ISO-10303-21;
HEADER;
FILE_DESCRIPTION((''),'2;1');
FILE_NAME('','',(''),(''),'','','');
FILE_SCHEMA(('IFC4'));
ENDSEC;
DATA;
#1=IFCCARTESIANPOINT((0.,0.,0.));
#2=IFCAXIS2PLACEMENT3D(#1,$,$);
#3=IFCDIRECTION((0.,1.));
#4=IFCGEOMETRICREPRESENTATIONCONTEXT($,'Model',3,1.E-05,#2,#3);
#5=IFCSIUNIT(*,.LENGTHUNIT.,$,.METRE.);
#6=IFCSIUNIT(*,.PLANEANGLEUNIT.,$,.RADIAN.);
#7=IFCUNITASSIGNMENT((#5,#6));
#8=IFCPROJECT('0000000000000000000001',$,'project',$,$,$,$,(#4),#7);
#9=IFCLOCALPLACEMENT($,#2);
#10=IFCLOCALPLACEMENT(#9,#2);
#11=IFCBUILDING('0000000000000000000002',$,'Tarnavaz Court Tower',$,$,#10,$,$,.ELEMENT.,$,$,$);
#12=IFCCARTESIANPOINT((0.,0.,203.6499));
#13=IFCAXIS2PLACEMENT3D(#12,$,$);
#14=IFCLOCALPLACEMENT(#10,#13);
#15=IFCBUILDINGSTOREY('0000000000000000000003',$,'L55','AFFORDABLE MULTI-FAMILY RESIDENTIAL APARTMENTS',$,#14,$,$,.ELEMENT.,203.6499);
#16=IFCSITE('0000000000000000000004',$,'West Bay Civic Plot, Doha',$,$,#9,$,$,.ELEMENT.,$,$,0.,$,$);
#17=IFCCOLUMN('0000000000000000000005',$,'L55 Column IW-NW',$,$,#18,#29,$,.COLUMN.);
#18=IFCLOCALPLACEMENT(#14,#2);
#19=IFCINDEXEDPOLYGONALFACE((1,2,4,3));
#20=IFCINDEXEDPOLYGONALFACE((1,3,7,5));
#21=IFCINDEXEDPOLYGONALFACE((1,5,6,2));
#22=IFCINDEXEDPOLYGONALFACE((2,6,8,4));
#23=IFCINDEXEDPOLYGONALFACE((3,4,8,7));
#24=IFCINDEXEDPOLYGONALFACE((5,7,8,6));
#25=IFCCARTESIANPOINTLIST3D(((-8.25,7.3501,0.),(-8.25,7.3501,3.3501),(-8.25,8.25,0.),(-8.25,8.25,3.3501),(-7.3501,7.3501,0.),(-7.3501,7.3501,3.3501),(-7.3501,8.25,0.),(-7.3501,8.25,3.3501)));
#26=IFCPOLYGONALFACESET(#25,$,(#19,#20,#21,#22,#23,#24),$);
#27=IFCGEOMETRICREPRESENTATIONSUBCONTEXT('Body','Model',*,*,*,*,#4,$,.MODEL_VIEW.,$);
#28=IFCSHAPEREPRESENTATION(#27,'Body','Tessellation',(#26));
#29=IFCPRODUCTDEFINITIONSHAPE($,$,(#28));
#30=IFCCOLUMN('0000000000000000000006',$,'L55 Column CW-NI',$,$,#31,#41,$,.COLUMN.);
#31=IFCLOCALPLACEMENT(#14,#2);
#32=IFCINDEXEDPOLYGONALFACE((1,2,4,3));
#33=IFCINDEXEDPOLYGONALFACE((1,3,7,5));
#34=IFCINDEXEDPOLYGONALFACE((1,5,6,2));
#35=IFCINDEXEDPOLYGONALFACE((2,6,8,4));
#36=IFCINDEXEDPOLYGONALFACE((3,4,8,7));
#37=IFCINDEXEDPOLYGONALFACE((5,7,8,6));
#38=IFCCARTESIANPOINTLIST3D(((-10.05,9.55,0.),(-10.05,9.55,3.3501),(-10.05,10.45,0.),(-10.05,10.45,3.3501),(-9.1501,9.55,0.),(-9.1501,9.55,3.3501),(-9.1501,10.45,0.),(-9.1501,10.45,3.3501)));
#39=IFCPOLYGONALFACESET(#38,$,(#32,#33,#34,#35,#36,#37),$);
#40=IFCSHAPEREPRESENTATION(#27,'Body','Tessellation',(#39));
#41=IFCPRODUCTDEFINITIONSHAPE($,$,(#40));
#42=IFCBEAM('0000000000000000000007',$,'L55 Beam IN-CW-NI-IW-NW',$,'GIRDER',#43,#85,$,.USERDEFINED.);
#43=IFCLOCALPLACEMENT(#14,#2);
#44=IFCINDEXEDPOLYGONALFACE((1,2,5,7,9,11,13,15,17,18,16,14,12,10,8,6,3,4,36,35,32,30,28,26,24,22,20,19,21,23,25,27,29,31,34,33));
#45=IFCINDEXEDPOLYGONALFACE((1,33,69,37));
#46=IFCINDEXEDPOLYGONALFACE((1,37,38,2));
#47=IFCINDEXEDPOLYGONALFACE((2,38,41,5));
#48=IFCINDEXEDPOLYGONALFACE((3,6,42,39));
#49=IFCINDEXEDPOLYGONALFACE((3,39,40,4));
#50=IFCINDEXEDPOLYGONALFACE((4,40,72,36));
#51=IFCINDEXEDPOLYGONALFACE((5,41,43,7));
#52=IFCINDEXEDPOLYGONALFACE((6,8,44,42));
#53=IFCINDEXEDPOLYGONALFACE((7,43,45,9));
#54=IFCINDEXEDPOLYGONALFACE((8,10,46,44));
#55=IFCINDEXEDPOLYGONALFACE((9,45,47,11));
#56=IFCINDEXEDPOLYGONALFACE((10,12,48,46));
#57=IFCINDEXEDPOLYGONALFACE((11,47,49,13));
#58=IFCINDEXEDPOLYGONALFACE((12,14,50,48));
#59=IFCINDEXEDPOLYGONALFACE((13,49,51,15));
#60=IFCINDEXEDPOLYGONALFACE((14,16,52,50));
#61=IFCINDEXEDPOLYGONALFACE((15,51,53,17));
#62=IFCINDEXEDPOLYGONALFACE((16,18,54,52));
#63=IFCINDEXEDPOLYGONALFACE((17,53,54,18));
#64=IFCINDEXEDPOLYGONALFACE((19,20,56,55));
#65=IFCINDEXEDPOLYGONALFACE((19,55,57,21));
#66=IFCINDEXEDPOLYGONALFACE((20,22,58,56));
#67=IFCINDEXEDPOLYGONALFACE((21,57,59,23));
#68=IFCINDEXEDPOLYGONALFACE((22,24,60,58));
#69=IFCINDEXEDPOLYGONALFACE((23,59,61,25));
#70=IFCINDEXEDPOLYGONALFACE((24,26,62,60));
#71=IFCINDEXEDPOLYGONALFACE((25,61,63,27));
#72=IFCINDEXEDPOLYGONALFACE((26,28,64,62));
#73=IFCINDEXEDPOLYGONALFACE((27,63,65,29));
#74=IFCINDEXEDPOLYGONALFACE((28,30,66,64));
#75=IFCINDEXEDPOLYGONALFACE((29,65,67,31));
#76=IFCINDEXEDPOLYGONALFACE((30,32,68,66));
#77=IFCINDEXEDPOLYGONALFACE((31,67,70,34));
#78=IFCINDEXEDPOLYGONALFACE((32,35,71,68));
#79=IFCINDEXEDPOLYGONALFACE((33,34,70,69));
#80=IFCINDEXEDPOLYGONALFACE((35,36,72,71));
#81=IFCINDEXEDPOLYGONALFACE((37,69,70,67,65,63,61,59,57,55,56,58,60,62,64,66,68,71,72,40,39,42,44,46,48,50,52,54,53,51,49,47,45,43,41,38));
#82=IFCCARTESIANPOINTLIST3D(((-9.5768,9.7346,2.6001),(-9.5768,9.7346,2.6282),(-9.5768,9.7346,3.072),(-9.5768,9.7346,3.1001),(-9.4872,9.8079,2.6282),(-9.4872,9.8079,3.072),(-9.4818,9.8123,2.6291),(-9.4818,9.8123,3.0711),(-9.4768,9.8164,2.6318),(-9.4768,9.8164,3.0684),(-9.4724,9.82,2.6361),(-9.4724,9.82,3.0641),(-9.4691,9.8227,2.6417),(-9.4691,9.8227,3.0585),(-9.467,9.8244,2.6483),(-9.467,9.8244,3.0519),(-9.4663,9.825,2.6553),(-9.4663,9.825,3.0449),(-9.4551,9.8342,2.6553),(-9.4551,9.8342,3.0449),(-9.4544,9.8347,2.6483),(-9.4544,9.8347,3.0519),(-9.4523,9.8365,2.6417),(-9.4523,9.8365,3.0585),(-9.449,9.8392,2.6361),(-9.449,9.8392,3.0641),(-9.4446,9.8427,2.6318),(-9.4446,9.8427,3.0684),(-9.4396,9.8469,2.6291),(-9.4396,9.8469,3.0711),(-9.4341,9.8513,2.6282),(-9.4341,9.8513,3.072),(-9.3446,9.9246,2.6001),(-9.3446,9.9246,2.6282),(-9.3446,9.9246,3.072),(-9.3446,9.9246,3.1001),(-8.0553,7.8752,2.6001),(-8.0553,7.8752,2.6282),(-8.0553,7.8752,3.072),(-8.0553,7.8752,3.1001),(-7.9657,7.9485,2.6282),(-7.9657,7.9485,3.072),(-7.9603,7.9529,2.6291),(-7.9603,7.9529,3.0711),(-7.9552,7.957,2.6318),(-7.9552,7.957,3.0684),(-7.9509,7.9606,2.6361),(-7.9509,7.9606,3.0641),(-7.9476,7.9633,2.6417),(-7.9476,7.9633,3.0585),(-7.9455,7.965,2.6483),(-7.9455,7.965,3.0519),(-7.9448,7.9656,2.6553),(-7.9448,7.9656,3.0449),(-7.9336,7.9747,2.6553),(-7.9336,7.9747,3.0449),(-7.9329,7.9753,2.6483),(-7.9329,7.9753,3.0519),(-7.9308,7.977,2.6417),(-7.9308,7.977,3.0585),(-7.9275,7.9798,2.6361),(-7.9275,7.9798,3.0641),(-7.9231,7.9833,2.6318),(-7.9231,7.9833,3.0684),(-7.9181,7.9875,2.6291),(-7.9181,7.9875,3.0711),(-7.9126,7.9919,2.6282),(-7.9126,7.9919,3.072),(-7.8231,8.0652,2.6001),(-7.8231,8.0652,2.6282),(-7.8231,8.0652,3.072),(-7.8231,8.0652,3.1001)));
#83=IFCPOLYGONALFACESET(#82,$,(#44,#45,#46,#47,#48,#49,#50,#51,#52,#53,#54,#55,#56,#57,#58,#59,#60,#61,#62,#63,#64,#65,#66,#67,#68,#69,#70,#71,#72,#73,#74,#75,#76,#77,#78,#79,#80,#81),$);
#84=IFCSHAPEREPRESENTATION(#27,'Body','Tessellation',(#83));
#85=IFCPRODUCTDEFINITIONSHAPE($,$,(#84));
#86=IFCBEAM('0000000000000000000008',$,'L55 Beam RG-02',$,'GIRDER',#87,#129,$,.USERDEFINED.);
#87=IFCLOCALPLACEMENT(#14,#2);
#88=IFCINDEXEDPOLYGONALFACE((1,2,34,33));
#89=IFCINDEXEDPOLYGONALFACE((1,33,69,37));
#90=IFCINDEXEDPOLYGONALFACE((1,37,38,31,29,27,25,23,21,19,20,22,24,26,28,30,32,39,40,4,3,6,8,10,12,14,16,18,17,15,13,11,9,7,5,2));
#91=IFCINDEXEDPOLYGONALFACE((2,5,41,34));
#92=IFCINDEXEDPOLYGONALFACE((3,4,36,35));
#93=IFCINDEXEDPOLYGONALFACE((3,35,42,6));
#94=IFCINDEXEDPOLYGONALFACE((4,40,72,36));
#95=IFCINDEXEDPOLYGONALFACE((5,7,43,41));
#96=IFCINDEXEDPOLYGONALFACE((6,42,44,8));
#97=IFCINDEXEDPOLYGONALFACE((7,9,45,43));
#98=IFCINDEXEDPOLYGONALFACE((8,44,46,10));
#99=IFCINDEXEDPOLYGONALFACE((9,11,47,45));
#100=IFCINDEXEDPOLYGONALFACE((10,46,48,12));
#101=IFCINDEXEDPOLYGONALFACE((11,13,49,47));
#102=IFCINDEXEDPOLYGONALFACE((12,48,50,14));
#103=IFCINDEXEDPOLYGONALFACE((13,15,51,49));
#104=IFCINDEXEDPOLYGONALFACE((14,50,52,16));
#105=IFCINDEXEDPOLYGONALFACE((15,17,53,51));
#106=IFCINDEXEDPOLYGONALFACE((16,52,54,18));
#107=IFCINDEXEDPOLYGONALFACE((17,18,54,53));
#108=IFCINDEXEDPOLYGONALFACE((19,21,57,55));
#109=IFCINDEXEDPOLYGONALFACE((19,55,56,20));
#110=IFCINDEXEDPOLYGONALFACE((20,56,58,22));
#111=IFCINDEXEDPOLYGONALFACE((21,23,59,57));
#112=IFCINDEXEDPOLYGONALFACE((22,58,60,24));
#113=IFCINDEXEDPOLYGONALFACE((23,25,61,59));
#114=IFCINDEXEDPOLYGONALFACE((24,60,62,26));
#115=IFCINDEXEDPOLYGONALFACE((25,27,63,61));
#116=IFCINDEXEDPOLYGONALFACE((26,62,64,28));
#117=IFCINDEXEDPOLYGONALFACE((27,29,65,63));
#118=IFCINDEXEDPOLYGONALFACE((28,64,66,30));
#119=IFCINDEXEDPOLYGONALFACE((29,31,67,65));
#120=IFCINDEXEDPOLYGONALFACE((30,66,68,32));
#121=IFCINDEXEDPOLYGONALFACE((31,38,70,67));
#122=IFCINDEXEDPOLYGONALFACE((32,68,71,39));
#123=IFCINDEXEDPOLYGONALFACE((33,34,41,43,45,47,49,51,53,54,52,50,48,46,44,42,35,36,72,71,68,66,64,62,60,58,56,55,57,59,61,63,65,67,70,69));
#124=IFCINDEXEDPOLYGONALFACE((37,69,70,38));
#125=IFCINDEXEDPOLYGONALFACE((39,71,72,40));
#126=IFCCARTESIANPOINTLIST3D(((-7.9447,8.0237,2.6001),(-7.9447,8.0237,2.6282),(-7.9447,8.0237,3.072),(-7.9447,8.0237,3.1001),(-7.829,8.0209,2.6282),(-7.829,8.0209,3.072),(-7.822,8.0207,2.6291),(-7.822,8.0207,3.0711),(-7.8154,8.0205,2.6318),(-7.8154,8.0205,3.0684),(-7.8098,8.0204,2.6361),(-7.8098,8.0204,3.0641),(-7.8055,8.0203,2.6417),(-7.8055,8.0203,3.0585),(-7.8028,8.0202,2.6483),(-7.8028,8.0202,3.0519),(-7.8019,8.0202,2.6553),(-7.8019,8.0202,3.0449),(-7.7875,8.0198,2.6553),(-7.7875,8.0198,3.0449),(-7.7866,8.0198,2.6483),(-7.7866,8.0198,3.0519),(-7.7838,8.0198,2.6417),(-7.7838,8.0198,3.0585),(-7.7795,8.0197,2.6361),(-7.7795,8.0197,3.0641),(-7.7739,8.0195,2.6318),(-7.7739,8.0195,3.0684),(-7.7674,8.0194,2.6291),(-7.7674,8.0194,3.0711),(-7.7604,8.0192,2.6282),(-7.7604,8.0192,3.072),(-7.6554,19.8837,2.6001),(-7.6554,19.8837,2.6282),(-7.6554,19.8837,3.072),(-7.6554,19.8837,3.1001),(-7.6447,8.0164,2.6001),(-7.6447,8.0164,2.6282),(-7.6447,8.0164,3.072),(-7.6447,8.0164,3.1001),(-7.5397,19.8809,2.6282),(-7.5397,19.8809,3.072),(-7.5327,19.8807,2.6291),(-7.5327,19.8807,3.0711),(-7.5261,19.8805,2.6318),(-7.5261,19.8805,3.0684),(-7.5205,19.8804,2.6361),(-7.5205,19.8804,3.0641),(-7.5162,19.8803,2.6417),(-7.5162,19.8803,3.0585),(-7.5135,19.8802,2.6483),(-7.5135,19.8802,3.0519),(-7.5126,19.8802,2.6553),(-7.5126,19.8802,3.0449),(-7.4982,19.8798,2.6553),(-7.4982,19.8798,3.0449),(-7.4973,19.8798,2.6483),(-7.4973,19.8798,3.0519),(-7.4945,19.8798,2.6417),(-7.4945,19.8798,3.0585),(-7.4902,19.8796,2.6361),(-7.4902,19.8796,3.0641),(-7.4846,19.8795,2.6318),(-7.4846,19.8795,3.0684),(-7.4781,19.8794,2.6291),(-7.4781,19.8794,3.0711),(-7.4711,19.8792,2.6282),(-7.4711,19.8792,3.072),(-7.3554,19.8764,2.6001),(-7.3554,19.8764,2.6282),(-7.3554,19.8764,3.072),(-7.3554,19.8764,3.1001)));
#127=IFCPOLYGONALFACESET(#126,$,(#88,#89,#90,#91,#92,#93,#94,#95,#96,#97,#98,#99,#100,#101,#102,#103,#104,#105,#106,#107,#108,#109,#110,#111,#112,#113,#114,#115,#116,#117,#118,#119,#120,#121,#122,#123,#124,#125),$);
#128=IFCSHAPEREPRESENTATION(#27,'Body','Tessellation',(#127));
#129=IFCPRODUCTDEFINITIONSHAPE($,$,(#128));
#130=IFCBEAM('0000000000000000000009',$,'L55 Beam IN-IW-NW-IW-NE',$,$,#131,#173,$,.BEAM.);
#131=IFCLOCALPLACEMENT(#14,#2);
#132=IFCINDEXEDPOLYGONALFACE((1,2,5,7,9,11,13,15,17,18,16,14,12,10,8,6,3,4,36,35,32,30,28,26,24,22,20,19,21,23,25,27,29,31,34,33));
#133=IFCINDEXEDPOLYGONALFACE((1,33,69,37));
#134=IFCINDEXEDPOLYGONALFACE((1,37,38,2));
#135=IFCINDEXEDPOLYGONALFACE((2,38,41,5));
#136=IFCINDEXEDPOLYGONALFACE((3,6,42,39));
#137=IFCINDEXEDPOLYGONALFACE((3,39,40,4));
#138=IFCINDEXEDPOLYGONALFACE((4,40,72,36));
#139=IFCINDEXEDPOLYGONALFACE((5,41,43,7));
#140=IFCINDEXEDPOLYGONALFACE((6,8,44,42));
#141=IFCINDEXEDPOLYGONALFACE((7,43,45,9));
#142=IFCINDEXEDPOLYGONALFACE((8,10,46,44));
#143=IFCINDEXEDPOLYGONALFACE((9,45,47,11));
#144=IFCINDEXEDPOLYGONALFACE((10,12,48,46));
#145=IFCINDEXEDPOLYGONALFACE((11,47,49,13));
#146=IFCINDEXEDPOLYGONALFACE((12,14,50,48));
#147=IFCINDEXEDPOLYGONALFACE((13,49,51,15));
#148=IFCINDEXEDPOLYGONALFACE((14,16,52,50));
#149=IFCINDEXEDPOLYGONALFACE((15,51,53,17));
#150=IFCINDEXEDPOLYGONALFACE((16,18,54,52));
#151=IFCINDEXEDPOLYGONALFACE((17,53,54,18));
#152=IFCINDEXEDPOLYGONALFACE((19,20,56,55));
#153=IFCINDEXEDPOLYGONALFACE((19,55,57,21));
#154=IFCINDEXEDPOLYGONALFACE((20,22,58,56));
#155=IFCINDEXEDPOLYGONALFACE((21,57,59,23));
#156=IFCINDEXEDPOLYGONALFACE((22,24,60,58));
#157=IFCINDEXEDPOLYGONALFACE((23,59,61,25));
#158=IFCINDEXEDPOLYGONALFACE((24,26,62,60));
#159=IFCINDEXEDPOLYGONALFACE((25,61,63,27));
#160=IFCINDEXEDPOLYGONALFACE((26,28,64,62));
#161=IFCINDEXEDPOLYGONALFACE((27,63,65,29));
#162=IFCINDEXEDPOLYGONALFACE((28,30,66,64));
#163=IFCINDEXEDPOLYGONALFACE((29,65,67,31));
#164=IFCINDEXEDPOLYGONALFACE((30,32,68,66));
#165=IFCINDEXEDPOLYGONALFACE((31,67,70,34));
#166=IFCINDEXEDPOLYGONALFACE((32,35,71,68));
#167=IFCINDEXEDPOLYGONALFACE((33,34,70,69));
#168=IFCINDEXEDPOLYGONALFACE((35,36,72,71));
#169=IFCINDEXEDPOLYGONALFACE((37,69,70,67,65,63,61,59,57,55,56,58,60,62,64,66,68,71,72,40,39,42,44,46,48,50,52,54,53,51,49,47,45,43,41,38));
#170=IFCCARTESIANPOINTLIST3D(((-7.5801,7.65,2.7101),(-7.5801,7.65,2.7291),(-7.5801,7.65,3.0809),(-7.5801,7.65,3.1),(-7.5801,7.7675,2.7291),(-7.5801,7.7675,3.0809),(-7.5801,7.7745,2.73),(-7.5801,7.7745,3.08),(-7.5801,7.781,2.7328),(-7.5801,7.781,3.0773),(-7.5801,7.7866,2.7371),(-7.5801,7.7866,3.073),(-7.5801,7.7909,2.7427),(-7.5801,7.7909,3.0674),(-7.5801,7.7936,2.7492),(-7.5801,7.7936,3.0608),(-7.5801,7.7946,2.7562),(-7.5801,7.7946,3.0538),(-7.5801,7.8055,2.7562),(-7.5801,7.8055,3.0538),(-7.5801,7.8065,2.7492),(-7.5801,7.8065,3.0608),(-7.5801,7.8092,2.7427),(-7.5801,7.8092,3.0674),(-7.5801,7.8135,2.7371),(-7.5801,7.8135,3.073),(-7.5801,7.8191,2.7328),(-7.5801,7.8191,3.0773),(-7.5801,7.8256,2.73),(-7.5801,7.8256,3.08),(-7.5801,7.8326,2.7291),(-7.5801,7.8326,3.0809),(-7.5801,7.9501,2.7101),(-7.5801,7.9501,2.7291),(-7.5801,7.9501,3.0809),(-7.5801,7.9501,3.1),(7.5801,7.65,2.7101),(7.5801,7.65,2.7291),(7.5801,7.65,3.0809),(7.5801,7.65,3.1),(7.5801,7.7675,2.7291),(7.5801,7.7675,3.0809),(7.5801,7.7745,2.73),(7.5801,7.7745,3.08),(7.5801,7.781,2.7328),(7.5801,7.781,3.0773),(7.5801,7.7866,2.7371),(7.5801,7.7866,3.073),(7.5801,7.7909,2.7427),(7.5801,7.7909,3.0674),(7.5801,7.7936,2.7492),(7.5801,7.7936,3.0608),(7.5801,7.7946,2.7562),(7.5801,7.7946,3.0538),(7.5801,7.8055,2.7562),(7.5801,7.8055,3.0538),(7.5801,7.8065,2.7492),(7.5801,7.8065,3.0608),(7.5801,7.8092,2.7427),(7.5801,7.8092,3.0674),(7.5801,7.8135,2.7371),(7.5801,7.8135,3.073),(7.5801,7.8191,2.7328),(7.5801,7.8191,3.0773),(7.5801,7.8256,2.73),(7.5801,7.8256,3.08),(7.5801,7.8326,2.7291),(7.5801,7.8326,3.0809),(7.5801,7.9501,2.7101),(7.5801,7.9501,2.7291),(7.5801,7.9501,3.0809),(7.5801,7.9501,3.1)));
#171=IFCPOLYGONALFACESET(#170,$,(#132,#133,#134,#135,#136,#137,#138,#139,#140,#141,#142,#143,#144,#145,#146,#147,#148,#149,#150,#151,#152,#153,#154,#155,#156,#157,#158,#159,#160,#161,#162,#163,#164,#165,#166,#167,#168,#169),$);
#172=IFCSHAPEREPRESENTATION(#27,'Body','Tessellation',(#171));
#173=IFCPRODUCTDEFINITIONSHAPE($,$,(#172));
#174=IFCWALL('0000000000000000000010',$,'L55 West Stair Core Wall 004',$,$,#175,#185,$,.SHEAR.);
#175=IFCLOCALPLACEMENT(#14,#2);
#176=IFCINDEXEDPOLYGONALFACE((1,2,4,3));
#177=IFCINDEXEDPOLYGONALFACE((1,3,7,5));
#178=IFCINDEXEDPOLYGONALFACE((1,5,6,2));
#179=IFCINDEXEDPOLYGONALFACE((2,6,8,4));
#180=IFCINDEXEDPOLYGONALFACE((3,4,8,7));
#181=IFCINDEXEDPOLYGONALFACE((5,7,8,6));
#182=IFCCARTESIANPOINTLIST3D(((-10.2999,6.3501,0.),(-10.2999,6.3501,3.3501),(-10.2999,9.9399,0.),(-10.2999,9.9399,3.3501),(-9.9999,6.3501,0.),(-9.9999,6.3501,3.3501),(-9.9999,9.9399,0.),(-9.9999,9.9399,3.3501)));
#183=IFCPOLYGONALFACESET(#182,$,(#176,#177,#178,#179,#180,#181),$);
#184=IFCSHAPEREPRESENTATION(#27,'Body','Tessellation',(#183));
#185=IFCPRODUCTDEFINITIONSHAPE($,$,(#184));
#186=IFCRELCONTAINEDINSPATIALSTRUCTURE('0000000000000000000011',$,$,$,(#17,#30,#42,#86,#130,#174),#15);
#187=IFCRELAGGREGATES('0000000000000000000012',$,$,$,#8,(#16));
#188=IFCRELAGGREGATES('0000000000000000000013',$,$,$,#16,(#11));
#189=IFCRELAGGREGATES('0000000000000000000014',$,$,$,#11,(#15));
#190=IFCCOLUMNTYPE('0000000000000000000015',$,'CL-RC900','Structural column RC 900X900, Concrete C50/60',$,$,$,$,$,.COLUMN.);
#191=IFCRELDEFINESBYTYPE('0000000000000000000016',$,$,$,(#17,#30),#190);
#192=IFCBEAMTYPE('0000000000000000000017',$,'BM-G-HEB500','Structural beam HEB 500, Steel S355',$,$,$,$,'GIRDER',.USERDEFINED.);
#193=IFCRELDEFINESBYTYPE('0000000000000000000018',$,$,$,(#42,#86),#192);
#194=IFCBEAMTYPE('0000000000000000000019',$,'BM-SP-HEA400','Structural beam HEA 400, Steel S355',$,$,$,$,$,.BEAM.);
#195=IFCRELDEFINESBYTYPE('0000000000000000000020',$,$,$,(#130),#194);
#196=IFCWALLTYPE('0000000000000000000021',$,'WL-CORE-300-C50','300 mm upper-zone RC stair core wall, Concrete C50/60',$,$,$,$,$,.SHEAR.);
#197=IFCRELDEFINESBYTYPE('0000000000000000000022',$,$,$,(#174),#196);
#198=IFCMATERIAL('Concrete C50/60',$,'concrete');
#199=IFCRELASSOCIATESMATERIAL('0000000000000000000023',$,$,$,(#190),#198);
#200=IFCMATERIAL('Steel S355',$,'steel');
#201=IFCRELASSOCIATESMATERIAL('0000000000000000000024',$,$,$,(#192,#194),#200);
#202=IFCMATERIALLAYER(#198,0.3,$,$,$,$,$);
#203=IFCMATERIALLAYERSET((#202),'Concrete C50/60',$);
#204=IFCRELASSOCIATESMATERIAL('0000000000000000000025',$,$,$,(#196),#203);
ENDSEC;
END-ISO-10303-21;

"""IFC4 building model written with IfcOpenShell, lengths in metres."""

from ifc_helpers import new_model, si_unit, direction, frame, frame_2d, origin, origin_2d, place, context, subcontext, project, spatial, rectangle, i_section, extrude, material, layer, layer_set, material_profile, profile_set, type_object, element, save


model = new_model("IFC4")

# Units and contexts
model_context = context("Model", 3, precision=1e-05, world=origin(), true_north=direction((0.0, 1.0)))
body_context = subcontext(model_context, "Body", "Model", "MODEL_VIEW")
ifc_project = project(units=[si_unit("LENGTHUNIT", "METRE"), si_unit("PLANEANGLEUNIT", "RADIAN")], contexts=[model_context])

# Site, building, storey
site_placement = place(None, origin())
site = spatial("IfcSite", under=ifc_project, at=site_placement, Name="West Bay Civic Plot, Doha", CompositionType="ELEMENT", RefElevation=0.0)
building_placement = place(site_placement, origin())
building = spatial("IfcBuilding", under=site, at=building_placement, Name="Tarnavaz Court Tower", CompositionType="ELEMENT")
storey_placement = place(building_placement, frame((0.0, 0.0, 203.6499)))
storey = spatial("IfcBuildingStorey", under=building, at=storey_placement, Name="L55", Description="AFFORDABLE MULTI-FAMILY RESIDENTIAL APARTMENTS", CompositionType="ELEMENT", Elevation=203.6499)

# Columns
ifc_material_1 = material(Name="Concrete C50/60", Category="concrete")
ifc_material_profile_1 = material_profile(ifc_material_1, rectangle(XDim=0.8999, YDim=0.8999, at=origin_2d()), Name="RC 900X900")
ifc_profile_set_1 = profile_set([ifc_material_profile_1], Name="Concrete C50/60")
column_type = type_object("IfcColumnType", Name="CL-RC900", Description="Structural column RC 900X900, Concrete C50/60", PredefinedType="COLUMN", material=ifc_profile_set_1)
for number, where, z_axis, x_axis, name in (
    (1, (-7.8, 7.8, 0.0), (0.0, 0.0, 1.0), (1.0, 0.0, 0.0), "L55 Column IW-NW"),
    (2, (-9.6001, 10.0, 0.0), (0.0, 0.0, 1.0), (1.0, 0.0, 0.0), "L55 Column CW-NI"),
):
    element("IfcColumn", number, at=place(storey_placement, frame(where, z_axis=z_axis, x_axis=x_axis)), inside=storey, type_object=column_type, Name=name, PredefinedType="COLUMN", context=body_context, shape_type="SweptSolid", body=[
        extrude(rectangle(XDim=0.8999, YDim=0.8999, at=origin_2d()), origin(), (0.0, 0.0, 1.0), 3.3501),
    ])

# Beams
ifc_material_2 = material(Name="Steel S355", Category="steel")
ifc_material_profile_2 = material_profile(ifc_material_2, i_section(OverallWidth=0.3, OverallDepth=0.5, WebThickness=0.0144, FlangeThickness=0.0281, FilletRadius=0.0271, at=origin_2d()), Name="HEB 500")
ifc_profile_set_2 = profile_set([ifc_material_profile_2], Name="Steel S355")
beam_type_1 = type_object("IfcBeamType", Name="BM-G-HEB500", Description="Structural beam HEB 500, Steel S355", ElementType="GIRDER", PredefinedType="USERDEFINED", material=ifc_profile_set_2)
beam_1_placement = place(storey_placement, frame((-9.4607, 9.8296, 2.8501), z_axis=(0.633282, -0.773921, 0.0), x_axis=(0.773921, 0.633282, 0.0)))
element("IfcBeam", 3, at=beam_1_placement, inside=storey, type_object=beam_type_1, Name="L55 Beam IN-CW-NI-IW-NW", ObjectType="GIRDER", PredefinedType="USERDEFINED", context=body_context, shape_type="SweptSolid", body=[
    extrude(i_section(OverallWidth=0.3, OverallDepth=0.5, WebThickness=0.0144, FlangeThickness=0.0281, FilletRadius=0.0271, at=origin_2d()), origin(), (0.0, 0.0, 1.0), 2.4026),
])
beam_2_placement = place(storey_placement, frame((-7.7947, 8.02, 2.8501), z_axis=(0.024386, 0.999703, 0.0), x_axis=(-0.999703, 0.024386, 0.0)))
element("IfcBeam", 4, at=beam_2_placement, inside=storey, type_object=beam_type_1, Name="L55 Beam RG-02", ObjectType="GIRDER", PredefinedType="USERDEFINED", context=body_context, shape_type="SweptSolid", body=[
    extrude(i_section(OverallWidth=0.3, OverallDepth=0.5, WebThickness=0.0144, FlangeThickness=0.0281, FilletRadius=0.0271, at=origin_2d()), origin(), (0.0, 0.0, 1.0), 11.8635),
])
ifc_material_profile_3 = material_profile(ifc_material_2, i_section(OverallWidth=0.3, OverallDepth=0.3899, WebThickness=0.011, FlangeThickness=0.019, FilletRadius=0.0271, at=origin_2d()), Name="HEA 400")
ifc_profile_set_3 = profile_set([ifc_material_profile_3], Name="Steel S355")
beam_type_2 = type_object("IfcBeamType", Name="BM-SP-HEA400", Description="Structural beam HEA 400, Steel S355", PredefinedType="BEAM", material=ifc_profile_set_3)
beam_3_placement = place(storey_placement, frame((-7.5801, 7.8, 2.905), z_axis=(1.0, 0.0, 0.0), x_axis=(0.0, 1.0, 0.0)))
element("IfcBeam", 5, at=beam_3_placement, inside=storey, type_object=beam_type_2, Name="L55 Beam IN-IW-NW-IW-NE", PredefinedType="BEAM", context=body_context, shape_type="SweptSolid", body=[
    extrude(i_section(OverallWidth=0.3, OverallDepth=0.3899, WebThickness=0.011, FlangeThickness=0.019, FilletRadius=0.0271, at=origin_2d()), origin(), (0.0, 0.0, 1.0), 15.1602),
])

# Wall
ifc_layer_1 = layer(ifc_material_1, 0.3)
ifc_layer_set_1 = layer_set([ifc_layer_1], Name="Concrete C50/60")
wall_type_1 = type_object("IfcWallType", Name="WL-CORE-300-C50", Description="300 mm upper-zone RC stair core wall, Concrete C50/60", PredefinedType="SHEAR", material=ifc_layer_set_1)
wall_1_placement = place(storey_placement, frame((-10.1499, 6.3501, 0.0), z_axis=(0.0, 0.0, 1.0), x_axis=(0.0, 1.0, 0.0)))
element("IfcWall", 6, at=wall_1_placement, inside=storey, type_object=wall_type_1, Name="L55 West Stair Core Wall 004", PredefinedType="SHEAR", context=body_context, shape_type="SweptSolid", body=[
    extrude(rectangle(XDim=3.5898, YDim=0.3, at=frame_2d((1.7949, 0.0))), origin(), (0.0, 0.0, 1.0), 3.3501),
])

save(model, "model.ifc")
